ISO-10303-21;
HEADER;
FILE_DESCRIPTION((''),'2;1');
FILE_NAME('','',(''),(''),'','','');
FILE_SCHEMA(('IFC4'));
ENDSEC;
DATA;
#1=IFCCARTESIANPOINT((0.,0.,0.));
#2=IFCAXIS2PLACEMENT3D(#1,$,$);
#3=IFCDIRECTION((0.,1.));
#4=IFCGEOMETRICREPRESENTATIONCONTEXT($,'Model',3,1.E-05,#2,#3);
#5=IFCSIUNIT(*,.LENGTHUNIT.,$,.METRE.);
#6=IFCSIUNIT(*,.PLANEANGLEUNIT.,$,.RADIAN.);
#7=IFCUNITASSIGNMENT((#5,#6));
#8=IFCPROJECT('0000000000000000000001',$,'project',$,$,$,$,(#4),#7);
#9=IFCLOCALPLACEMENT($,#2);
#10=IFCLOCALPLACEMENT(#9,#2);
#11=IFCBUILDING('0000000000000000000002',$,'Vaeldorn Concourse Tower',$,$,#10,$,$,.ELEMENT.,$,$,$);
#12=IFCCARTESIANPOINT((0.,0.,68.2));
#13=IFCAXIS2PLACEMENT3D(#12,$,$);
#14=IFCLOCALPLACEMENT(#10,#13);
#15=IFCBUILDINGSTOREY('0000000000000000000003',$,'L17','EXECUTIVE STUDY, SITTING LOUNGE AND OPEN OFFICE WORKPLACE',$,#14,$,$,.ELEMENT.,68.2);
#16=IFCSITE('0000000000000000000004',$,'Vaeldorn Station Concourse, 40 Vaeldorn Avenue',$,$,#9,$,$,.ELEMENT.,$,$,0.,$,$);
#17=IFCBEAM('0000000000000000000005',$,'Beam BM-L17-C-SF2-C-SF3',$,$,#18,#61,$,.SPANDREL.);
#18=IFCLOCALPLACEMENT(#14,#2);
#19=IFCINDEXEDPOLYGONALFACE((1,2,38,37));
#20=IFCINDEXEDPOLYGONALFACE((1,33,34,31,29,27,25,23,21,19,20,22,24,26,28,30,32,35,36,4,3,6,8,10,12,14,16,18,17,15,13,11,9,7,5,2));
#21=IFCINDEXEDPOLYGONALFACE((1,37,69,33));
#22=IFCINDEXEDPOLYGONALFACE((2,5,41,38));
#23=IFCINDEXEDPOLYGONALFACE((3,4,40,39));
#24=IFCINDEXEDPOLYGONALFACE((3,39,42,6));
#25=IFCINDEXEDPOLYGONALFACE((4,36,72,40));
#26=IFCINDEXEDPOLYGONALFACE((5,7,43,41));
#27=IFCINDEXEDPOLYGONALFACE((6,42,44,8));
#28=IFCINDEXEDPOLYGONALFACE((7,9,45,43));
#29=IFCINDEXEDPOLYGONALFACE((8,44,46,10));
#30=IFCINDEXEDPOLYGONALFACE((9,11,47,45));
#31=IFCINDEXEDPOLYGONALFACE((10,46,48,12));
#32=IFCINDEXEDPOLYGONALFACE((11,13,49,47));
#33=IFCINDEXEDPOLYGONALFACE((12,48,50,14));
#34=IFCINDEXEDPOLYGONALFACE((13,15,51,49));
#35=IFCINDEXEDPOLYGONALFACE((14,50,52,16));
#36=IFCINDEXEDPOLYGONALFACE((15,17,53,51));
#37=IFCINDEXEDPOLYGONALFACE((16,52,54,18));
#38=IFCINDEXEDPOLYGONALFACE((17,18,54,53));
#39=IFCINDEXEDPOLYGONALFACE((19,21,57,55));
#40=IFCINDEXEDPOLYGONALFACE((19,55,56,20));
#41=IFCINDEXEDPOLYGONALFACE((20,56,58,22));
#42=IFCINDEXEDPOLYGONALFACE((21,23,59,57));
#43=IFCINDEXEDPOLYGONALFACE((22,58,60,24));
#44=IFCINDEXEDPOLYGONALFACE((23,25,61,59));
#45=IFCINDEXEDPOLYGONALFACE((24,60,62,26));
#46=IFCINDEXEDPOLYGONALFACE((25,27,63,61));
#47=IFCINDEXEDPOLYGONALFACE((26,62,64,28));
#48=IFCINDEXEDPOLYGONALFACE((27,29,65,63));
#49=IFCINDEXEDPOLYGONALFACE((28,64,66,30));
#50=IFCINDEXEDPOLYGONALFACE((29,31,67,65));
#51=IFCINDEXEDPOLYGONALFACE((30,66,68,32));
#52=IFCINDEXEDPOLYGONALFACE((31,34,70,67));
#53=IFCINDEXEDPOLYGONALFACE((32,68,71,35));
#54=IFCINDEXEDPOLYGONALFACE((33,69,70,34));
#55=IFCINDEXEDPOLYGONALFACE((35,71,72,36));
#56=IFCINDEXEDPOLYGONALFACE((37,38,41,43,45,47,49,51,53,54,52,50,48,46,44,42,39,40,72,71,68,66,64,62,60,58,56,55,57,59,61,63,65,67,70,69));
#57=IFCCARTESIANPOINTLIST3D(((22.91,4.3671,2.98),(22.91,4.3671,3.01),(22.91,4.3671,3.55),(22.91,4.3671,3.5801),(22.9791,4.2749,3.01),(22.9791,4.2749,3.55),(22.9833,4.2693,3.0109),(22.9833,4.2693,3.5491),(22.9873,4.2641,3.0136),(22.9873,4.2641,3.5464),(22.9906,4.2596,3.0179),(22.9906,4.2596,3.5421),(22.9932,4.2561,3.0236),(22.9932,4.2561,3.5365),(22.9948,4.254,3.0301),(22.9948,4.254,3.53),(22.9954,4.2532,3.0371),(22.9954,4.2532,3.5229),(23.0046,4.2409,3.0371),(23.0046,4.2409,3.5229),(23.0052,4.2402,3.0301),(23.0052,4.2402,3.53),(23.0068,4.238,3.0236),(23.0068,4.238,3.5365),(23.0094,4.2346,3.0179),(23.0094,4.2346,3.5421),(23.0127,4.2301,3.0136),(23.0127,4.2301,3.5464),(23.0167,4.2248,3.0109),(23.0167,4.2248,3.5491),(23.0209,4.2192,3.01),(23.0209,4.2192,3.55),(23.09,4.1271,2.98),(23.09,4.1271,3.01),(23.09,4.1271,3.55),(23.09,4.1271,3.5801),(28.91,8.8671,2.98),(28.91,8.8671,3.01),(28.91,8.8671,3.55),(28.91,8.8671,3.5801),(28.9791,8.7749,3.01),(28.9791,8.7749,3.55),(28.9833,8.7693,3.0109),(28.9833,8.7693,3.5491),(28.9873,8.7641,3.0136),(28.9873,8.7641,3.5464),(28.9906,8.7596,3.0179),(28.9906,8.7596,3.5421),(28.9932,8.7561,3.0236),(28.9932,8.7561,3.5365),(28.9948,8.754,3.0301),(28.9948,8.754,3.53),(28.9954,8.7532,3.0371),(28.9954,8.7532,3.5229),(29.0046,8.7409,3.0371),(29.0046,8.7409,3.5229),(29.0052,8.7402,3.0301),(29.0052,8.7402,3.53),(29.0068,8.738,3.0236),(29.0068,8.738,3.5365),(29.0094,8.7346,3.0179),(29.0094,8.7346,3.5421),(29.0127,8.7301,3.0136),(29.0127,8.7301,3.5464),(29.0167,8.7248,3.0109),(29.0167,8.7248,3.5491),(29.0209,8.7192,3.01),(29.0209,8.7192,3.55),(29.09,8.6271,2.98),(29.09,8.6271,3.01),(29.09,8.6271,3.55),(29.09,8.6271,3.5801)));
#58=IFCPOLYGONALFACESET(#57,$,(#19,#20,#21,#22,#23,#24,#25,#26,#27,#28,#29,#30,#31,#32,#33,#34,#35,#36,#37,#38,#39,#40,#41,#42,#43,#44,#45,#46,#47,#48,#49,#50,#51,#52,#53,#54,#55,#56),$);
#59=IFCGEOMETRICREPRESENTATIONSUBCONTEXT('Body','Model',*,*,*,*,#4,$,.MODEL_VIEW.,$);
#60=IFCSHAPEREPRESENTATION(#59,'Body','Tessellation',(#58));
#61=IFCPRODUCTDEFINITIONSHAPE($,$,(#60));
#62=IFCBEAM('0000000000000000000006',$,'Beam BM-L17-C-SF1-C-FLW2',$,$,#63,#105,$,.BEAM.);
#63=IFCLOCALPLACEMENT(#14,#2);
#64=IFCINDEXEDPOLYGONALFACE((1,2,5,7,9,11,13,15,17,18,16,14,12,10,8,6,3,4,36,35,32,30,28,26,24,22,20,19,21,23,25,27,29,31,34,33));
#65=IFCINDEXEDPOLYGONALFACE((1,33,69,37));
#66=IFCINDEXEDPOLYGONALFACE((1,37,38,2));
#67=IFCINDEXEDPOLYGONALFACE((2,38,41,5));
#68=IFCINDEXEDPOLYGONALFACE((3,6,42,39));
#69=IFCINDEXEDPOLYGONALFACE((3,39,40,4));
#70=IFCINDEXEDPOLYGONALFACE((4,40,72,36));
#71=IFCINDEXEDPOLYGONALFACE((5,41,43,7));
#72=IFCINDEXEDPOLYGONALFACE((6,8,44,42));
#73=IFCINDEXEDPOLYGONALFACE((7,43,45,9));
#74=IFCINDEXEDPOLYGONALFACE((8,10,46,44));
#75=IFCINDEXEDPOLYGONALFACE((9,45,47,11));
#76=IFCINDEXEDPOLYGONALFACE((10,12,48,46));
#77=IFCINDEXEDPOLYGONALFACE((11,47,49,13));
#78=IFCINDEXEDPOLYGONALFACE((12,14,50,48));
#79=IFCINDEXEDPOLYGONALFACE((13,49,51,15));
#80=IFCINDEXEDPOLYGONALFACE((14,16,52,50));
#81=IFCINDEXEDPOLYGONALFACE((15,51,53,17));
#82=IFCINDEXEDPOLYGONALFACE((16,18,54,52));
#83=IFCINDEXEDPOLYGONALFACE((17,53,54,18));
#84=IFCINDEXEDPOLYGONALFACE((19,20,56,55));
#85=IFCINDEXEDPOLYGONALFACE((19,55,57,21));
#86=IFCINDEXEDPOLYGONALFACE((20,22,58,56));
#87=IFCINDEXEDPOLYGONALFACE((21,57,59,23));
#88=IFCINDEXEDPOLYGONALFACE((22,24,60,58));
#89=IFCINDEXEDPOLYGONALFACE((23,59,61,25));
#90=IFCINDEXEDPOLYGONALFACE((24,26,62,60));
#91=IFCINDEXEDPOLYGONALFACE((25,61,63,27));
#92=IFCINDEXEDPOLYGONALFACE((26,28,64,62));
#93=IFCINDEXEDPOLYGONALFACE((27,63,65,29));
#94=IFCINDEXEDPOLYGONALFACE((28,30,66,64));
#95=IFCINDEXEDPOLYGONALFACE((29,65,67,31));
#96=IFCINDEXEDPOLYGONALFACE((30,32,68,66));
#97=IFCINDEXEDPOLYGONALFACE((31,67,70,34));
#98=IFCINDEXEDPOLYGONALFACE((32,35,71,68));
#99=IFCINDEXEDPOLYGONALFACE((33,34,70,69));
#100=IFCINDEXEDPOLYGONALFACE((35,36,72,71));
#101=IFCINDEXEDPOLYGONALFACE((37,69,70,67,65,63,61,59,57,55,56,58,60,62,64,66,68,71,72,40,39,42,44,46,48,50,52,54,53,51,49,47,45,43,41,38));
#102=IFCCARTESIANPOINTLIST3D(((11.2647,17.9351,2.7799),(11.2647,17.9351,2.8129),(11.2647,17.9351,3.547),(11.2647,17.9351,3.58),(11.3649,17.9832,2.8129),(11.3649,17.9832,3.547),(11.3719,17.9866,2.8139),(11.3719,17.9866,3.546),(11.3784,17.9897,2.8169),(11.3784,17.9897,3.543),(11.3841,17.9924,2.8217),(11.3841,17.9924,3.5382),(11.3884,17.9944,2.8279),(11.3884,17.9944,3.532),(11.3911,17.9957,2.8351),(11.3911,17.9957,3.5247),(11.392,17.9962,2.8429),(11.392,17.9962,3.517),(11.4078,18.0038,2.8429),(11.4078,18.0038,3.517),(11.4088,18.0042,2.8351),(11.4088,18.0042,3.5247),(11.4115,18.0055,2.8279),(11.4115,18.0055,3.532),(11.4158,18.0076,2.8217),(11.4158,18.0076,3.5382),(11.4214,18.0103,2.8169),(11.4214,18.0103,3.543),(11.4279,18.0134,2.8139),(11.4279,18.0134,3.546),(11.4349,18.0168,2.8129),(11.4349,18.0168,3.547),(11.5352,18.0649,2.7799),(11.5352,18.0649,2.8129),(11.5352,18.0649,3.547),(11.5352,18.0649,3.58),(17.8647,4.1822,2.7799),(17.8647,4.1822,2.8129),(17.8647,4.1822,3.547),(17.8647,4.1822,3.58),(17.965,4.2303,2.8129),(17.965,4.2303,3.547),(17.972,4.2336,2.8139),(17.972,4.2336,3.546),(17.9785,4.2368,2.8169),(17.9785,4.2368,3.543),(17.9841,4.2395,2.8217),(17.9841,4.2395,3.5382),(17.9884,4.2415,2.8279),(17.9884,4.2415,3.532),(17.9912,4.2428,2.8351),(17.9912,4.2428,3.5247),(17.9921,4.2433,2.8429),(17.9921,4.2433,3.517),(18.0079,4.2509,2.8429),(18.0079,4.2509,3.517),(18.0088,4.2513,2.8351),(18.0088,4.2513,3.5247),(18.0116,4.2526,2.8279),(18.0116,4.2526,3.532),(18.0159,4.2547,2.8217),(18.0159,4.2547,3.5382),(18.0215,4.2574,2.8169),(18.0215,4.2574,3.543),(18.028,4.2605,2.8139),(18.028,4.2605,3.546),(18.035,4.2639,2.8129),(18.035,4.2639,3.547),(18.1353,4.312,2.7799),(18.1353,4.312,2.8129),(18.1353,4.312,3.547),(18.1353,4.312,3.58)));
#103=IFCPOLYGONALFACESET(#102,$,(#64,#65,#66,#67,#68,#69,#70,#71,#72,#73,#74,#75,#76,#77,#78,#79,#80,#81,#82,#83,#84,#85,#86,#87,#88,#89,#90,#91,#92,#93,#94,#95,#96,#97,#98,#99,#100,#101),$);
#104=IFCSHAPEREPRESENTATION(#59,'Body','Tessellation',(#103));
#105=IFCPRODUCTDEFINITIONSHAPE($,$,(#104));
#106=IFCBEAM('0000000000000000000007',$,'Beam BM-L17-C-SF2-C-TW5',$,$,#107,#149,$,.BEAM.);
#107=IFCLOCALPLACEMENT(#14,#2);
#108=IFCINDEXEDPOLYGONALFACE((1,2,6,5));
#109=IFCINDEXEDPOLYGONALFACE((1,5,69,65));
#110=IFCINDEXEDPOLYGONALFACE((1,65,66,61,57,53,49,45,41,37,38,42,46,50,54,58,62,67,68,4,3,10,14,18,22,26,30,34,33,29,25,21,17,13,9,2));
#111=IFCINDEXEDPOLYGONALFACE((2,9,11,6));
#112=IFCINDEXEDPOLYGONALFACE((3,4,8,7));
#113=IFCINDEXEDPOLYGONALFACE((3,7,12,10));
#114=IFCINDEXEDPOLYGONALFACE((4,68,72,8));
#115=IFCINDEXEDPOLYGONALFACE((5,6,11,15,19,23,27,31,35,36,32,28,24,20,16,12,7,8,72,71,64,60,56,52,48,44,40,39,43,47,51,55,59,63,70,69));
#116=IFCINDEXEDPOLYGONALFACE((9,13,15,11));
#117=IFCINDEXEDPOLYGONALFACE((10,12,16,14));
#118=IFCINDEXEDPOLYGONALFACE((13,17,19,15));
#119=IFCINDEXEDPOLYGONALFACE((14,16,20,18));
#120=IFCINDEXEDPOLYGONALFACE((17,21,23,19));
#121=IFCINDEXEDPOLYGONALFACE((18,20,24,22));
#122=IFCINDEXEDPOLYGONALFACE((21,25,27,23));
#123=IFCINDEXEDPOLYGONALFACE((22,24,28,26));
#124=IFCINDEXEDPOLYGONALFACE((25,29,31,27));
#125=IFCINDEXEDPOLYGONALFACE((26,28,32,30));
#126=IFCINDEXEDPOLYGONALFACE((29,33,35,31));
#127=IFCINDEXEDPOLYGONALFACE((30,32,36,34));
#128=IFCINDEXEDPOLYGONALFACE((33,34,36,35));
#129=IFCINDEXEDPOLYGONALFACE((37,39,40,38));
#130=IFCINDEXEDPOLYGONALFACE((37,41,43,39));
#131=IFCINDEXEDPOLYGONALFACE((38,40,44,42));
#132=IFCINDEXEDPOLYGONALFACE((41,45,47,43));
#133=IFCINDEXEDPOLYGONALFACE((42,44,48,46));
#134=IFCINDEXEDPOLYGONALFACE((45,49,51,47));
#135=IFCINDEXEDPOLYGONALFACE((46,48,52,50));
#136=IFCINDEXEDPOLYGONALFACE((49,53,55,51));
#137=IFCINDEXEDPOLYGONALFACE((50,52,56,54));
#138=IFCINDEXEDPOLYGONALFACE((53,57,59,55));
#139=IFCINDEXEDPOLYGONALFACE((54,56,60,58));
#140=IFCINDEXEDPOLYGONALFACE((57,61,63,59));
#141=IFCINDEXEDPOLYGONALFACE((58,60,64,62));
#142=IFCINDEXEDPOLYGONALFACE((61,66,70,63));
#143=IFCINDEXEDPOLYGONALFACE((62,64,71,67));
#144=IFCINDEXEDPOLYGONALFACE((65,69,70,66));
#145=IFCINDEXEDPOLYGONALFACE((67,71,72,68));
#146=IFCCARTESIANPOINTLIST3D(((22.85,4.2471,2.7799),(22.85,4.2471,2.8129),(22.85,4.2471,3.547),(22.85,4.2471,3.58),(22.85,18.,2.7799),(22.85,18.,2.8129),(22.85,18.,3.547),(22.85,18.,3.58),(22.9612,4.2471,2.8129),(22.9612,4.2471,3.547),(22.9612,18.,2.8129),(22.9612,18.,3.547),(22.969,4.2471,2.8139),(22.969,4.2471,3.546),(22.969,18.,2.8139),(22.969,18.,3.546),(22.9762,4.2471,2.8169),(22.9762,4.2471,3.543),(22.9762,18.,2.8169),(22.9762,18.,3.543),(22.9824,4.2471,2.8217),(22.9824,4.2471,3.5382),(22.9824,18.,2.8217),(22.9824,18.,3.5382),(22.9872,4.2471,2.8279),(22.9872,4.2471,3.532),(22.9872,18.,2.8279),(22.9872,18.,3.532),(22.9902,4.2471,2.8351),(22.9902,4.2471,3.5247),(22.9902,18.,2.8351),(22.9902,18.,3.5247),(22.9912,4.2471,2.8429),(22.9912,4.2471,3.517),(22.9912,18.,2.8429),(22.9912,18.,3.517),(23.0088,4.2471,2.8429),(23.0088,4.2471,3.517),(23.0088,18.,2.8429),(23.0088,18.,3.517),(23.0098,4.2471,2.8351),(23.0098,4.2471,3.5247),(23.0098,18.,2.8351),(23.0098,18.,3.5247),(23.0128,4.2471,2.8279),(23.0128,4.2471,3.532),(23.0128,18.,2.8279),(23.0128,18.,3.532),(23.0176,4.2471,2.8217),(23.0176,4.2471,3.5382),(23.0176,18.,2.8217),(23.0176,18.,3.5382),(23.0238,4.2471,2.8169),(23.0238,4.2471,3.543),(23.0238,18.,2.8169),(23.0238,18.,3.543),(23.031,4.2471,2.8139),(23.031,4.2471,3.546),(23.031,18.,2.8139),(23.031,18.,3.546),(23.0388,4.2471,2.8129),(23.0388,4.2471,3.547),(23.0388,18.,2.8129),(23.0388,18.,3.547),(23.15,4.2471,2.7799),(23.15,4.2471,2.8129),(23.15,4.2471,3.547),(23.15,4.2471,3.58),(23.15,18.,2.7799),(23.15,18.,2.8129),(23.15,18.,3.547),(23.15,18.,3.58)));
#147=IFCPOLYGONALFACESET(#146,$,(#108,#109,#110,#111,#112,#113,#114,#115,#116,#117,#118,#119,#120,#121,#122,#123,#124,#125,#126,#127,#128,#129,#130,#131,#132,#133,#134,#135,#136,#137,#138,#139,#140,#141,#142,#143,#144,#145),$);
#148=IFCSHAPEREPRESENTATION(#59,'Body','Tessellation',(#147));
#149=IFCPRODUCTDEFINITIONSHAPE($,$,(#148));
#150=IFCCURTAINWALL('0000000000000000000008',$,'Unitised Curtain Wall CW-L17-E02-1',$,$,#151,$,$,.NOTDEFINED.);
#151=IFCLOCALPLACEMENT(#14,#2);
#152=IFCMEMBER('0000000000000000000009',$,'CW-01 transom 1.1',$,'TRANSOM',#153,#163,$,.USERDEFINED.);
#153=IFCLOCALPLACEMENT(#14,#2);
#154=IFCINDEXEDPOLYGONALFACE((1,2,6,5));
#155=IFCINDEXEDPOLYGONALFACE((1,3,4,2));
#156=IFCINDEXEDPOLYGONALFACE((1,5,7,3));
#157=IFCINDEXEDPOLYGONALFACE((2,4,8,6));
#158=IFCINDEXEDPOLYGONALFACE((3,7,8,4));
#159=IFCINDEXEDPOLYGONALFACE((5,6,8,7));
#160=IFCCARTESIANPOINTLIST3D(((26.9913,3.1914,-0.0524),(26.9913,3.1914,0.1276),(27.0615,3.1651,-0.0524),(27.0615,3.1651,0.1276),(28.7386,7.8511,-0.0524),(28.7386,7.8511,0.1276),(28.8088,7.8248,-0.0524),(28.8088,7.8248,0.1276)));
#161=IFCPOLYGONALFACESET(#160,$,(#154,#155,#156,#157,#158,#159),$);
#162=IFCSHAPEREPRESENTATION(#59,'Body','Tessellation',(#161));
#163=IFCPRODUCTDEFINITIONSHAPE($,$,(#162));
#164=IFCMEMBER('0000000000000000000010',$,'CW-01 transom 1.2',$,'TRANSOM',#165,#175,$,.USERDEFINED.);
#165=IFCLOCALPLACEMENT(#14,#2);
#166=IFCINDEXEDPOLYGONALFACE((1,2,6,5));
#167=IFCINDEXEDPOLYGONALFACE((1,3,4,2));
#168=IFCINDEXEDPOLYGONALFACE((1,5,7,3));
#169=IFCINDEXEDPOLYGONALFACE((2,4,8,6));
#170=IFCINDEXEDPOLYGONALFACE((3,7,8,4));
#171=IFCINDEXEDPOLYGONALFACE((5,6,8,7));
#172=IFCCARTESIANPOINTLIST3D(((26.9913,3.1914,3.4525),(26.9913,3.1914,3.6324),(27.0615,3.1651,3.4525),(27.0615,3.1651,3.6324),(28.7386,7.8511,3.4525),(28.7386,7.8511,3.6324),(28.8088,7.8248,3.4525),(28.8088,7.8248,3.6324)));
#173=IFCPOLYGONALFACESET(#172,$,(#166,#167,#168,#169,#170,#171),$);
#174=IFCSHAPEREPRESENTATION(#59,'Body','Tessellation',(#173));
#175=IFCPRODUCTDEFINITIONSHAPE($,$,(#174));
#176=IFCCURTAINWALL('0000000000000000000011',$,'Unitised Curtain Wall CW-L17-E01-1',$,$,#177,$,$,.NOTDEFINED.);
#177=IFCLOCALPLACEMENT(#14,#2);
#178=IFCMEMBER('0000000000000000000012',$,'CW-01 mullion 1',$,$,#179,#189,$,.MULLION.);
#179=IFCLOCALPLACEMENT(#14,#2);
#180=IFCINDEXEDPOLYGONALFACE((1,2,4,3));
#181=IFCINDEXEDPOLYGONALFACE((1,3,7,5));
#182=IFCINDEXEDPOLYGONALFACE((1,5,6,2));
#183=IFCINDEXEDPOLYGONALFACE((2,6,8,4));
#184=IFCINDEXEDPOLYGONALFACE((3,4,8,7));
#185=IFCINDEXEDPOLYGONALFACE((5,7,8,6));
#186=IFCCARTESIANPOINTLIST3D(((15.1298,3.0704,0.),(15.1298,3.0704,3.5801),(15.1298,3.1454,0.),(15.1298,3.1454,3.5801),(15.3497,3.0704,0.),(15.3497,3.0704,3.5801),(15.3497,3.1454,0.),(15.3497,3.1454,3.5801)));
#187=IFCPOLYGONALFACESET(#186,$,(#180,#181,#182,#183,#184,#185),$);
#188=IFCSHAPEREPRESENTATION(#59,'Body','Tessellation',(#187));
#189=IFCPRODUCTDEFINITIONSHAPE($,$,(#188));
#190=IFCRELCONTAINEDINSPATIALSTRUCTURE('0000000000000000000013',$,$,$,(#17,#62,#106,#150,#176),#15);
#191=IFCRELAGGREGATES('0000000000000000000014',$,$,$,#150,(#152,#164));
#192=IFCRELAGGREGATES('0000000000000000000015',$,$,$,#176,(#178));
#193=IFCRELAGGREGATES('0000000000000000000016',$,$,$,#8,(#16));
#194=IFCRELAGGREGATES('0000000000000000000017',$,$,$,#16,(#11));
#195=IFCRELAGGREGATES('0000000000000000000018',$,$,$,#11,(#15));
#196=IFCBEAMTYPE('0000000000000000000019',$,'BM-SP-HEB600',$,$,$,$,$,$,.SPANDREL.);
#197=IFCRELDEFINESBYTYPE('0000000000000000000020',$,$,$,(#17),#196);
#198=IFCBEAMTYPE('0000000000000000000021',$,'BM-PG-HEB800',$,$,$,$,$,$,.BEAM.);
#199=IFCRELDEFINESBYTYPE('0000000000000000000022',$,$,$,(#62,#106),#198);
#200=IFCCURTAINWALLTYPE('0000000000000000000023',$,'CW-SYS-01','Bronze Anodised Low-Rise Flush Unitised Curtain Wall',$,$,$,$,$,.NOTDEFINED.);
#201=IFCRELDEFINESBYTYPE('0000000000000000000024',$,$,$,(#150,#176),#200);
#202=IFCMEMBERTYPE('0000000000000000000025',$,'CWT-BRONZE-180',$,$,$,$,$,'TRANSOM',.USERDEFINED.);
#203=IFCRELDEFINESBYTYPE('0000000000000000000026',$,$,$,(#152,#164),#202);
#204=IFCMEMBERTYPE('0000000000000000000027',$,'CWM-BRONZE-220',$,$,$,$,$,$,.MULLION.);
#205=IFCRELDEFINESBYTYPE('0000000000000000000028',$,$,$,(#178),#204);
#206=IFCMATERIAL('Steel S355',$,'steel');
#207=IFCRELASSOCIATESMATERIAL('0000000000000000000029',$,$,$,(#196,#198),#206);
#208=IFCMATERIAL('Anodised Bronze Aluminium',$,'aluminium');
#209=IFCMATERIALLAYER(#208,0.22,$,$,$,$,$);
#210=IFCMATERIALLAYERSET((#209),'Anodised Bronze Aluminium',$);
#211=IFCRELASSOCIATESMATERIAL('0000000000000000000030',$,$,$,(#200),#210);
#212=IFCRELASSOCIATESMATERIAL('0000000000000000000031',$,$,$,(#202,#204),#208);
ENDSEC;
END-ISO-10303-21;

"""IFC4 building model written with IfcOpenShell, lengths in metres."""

from ifc_helpers import new_model, si_unit, direction, frame, origin, origin_2d, place, context, subcontext, project, spatial, rectangle, i_section, extrude, source, transform, mapped, material, layer, layer_set, material_profile, profile_set, type_object, element, aggregate, save


model = new_model("IFC4")

# Units and contexts
model_context = context("Model", 3, precision=1e-05, world=origin(), true_north=direction((0.0, 1.0)))
body_context = subcontext(model_context, "Body", "Model", "MODEL_VIEW")
ifc_project = project(units=[si_unit("LENGTHUNIT", "METRE"), si_unit("PLANEANGLEUNIT", "RADIAN")], contexts=[model_context])

# Site, building, storey
site_placement = place(None, origin())
site = spatial("IfcSite", under=ifc_project, at=site_placement, Name="Vaeldorn Station Concourse, 40 Vaeldorn Avenue", CompositionType="ELEMENT", RefElevation=0.0)
building_placement = place(site_placement, origin())
building = spatial("IfcBuilding", under=site, at=building_placement, Name="Vaeldorn Concourse Tower", CompositionType="ELEMENT")
storey_placement = place(building_placement, frame((0.0, 0.0, 68.2)))
storey = spatial("IfcBuildingStorey", under=building, at=storey_placement, Name="L17", Description="EXECUTIVE STUDY, SITTING LOUNGE AND OPEN OFFICE WORKPLACE", CompositionType="ELEMENT", Elevation=68.2)

# Beams
ifc_material_1 = material(Name="Steel S355", Category="steel")
ifc_material_profile_1 = material_profile(ifc_material_1, i_section(OverallWidth=0.3, OverallDepth=0.6001, WebThickness=0.0154, FlangeThickness=0.03, FilletRadius=0.0271, at=origin_2d()), Name="HEB 600")
ifc_profile_set_1 = profile_set([ifc_material_profile_1], Name="Steel S355")
beam_type_1 = type_object("IfcBeamType", Name="BM-SP-HEB600", PredefinedType="SPANDREL", material=ifc_profile_set_1)
shared_shape_1 = source(origin(), body_context, "Body", "SweptSolid", [
    extrude(i_section(OverallWidth=0.3, OverallDepth=0.6001, WebThickness=0.0154, FlangeThickness=0.03, FilletRadius=0.0271, at=origin_2d()), origin(), (0.0, 0.0, 1.0), 7.5),
])
beam_1_placement = place(storey_placement, frame((23.0, 4.2471, 3.28), z_axis=(0.8, 0.6, 0.0), x_axis=(-0.6, 0.8, 0.0)))
element("IfcBeam", 1, at=beam_1_placement, inside=storey, type_object=beam_type_1, Name="Beam BM-L17-C-SF2-C-SF3", PredefinedType="SPANDREL", context=body_context, shape_type="MappedRepresentation", body=[
    mapped(shared_shape_1, transform((0.0, 0.0, 0.0), scale=1.0)),
])
ifc_material_profile_2 = material_profile(ifc_material_1, i_section(OverallWidth=0.3, OverallDepth=0.8, WebThickness=0.0176, FlangeThickness=0.033, FilletRadius=0.03, at=origin_2d()), Name="HEB 800")
ifc_profile_set_2 = profile_set([ifc_material_profile_2], Name="Steel S355")
beam_type_2 = type_object("IfcBeamType", Name="BM-PG-HEB800", PredefinedType="BEAM", material=ifc_profile_set_2)
shared_shape_2 = source(origin(), body_context, "Body", "SweptSolid", [
    extrude(i_section(OverallWidth=0.3, OverallDepth=0.8, WebThickness=0.0176, FlangeThickness=0.033, FilletRadius=0.03, at=origin_2d()), origin(), (0.0, 0.0, 1.0), 15.2546),
])
beam_2_placement = place(storey_placement, frame((18.0, 4.2471, 3.1799), z_axis=(-0.432661, 0.901557, 0.0), x_axis=(-0.901557, -0.432661, 0.0)))
element("IfcBeam", 2, at=beam_2_placement, inside=storey, type_object=beam_type_2, Name="Beam BM-L17-C-SF1-C-FLW2", PredefinedType="BEAM", context=body_context, shape_type="MappedRepresentation", body=[
    mapped(shared_shape_2, transform((0.0, 0.0, 0.0), scale=1.0)),
])
shared_shape_3 = source(origin(), body_context, "Body", "SweptSolid", [
    extrude(i_section(OverallWidth=0.3, OverallDepth=0.8, WebThickness=0.0176, FlangeThickness=0.033, FilletRadius=0.03, at=origin_2d()), origin(), (0.0, 0.0, 1.0), 13.7529),
])
beam_3_placement = place(storey_placement, frame((23.0, 4.2471, 3.1799), z_axis=(0.0, 1.0, 0.0), x_axis=(-1.0, 0.0, 0.0)))
element("IfcBeam", 3, at=beam_3_placement, inside=storey, type_object=beam_type_2, Name="Beam BM-L17-C-SF2-C-TW5", PredefinedType="BEAM", context=body_context, shape_type="MappedRepresentation", body=[
    mapped(shared_shape_3, transform((0.0, 0.0, 0.0), scale=1.0)),
])

# Curtain walls, members
ifc_material_2 = material(Name="Anodised Bronze Aluminium", Category="aluminium")
ifc_layer_1 = layer(ifc_material_2, 0.22)
ifc_layer_set_1 = layer_set([ifc_layer_1], Name="Anodised Bronze Aluminium")
curtain_wall_type = type_object("IfcCurtainWallType", Name="CW-SYS-01", Description="Bronze Anodised Low-Rise Flush Unitised Curtain Wall", PredefinedType="NOTDEFINED", material=ifc_layer_set_1)
curtain_wall_1_placement = place(storey_placement, origin())
curtain_wall_1 = element("IfcCurtainWall", 4, at=curtain_wall_1_placement, inside=storey, type_object=curtain_wall_type, Name="Unitised Curtain Wall CW-L17-E02-1", PredefinedType="NOTDEFINED")
ifc_material_profile_3 = material_profile(ifc_material_2, rectangle(XDim=0.075, YDim=0.1799, at=origin_2d()), Name="CWT 75x180")
ifc_profile_set_3 = profile_set([ifc_material_profile_3], Name="Anodised Bronze Aluminium")
member_type_1 = type_object("IfcMemberType", Name="CWT-BRONZE-180", ElementType="TRANSOM", PredefinedType="USERDEFINED", material=ifc_profile_set_3)
shared_shape_4 = source(origin(), body_context, "Body", "SweptSolid", [
    extrude(rectangle(XDim=0.075, YDim=0.1799, at=origin_2d()), origin(), (0.0, 0.0, 1.0), 4.9766),
])
member_1_placement = place(storey_placement, frame((27.0264, 3.1782, 0.0376), z_axis=(0.351113, 0.936333, 0.0), x_axis=(-0.936333, 0.351113, 0.0)))
member_1 = element("IfcMember", 5, at=member_1_placement, type_object=member_type_1, Name="CW-01 transom 1.1", ObjectType="TRANSOM", PredefinedType="USERDEFINED", context=body_context, shape_type="MappedRepresentation", body=[
    mapped(shared_shape_4, transform((0.0, 0.0, 0.0), scale=1.0)),
])
member_2_placement = place(storey_placement, frame((27.0264, 3.1782, 3.5425), z_axis=(0.351113, 0.936333, 0.0), x_axis=(-0.936333, 0.351113, 0.0)))
member_2 = element("IfcMember", 6, at=member_2_placement, type_object=member_type_1, Name="CW-01 transom 1.2", ObjectType="TRANSOM", PredefinedType="USERDEFINED", context=body_context, shape_type="MappedRepresentation", body=[
    mapped(shared_shape_4, transform((0.0, 0.0, 0.0), scale=1.0)),
])
curtain_wall_2_placement = place(storey_placement, origin())
curtain_wall_2 = element("IfcCurtainWall", 7, at=curtain_wall_2_placement, inside=storey, type_object=curtain_wall_type, Name="Unitised Curtain Wall CW-L17-E01-1", PredefinedType="NOTDEFINED")
ifc_material_profile_4 = material_profile(ifc_material_2, rectangle(XDim=0.075, YDim=0.22, at=origin_2d()), Name="CWM 75x220")
ifc_profile_set_4 = profile_set([ifc_material_profile_4], Name="Anodised Bronze Aluminium")
member_type_2 = type_object("IfcMemberType", Name="CWM-BRONZE-220", PredefinedType="MULLION", material=ifc_profile_set_4)
shared_shape_5 = source(origin(), body_context, "Body", "SweptSolid", [
    extrude(rectangle(XDim=0.075, YDim=0.22, at=origin_2d()), origin(), (0.0, 0.0, 1.0), 3.5801),
])
member_3_placement = place(storey_placement, frame((15.2397, 3.1079, 0.0), z_axis=(0.0, 0.0, 1.0), x_axis=(0.0, 1.0, 0.0)))
member_3 = element("IfcMember", 8, at=member_3_placement, type_object=member_type_2, Name="CW-01 mullion 1", PredefinedType="MULLION", context=body_context, shape_type="MappedRepresentation", body=[
    mapped(shared_shape_5, transform((0.0, 0.0, 0.0), scale=1.0)),
])

aggregate(curtain_wall_1, [member_1, member_2])

aggregate(curtain_wall_2, [member_3])

save(model, "model.ifc")
